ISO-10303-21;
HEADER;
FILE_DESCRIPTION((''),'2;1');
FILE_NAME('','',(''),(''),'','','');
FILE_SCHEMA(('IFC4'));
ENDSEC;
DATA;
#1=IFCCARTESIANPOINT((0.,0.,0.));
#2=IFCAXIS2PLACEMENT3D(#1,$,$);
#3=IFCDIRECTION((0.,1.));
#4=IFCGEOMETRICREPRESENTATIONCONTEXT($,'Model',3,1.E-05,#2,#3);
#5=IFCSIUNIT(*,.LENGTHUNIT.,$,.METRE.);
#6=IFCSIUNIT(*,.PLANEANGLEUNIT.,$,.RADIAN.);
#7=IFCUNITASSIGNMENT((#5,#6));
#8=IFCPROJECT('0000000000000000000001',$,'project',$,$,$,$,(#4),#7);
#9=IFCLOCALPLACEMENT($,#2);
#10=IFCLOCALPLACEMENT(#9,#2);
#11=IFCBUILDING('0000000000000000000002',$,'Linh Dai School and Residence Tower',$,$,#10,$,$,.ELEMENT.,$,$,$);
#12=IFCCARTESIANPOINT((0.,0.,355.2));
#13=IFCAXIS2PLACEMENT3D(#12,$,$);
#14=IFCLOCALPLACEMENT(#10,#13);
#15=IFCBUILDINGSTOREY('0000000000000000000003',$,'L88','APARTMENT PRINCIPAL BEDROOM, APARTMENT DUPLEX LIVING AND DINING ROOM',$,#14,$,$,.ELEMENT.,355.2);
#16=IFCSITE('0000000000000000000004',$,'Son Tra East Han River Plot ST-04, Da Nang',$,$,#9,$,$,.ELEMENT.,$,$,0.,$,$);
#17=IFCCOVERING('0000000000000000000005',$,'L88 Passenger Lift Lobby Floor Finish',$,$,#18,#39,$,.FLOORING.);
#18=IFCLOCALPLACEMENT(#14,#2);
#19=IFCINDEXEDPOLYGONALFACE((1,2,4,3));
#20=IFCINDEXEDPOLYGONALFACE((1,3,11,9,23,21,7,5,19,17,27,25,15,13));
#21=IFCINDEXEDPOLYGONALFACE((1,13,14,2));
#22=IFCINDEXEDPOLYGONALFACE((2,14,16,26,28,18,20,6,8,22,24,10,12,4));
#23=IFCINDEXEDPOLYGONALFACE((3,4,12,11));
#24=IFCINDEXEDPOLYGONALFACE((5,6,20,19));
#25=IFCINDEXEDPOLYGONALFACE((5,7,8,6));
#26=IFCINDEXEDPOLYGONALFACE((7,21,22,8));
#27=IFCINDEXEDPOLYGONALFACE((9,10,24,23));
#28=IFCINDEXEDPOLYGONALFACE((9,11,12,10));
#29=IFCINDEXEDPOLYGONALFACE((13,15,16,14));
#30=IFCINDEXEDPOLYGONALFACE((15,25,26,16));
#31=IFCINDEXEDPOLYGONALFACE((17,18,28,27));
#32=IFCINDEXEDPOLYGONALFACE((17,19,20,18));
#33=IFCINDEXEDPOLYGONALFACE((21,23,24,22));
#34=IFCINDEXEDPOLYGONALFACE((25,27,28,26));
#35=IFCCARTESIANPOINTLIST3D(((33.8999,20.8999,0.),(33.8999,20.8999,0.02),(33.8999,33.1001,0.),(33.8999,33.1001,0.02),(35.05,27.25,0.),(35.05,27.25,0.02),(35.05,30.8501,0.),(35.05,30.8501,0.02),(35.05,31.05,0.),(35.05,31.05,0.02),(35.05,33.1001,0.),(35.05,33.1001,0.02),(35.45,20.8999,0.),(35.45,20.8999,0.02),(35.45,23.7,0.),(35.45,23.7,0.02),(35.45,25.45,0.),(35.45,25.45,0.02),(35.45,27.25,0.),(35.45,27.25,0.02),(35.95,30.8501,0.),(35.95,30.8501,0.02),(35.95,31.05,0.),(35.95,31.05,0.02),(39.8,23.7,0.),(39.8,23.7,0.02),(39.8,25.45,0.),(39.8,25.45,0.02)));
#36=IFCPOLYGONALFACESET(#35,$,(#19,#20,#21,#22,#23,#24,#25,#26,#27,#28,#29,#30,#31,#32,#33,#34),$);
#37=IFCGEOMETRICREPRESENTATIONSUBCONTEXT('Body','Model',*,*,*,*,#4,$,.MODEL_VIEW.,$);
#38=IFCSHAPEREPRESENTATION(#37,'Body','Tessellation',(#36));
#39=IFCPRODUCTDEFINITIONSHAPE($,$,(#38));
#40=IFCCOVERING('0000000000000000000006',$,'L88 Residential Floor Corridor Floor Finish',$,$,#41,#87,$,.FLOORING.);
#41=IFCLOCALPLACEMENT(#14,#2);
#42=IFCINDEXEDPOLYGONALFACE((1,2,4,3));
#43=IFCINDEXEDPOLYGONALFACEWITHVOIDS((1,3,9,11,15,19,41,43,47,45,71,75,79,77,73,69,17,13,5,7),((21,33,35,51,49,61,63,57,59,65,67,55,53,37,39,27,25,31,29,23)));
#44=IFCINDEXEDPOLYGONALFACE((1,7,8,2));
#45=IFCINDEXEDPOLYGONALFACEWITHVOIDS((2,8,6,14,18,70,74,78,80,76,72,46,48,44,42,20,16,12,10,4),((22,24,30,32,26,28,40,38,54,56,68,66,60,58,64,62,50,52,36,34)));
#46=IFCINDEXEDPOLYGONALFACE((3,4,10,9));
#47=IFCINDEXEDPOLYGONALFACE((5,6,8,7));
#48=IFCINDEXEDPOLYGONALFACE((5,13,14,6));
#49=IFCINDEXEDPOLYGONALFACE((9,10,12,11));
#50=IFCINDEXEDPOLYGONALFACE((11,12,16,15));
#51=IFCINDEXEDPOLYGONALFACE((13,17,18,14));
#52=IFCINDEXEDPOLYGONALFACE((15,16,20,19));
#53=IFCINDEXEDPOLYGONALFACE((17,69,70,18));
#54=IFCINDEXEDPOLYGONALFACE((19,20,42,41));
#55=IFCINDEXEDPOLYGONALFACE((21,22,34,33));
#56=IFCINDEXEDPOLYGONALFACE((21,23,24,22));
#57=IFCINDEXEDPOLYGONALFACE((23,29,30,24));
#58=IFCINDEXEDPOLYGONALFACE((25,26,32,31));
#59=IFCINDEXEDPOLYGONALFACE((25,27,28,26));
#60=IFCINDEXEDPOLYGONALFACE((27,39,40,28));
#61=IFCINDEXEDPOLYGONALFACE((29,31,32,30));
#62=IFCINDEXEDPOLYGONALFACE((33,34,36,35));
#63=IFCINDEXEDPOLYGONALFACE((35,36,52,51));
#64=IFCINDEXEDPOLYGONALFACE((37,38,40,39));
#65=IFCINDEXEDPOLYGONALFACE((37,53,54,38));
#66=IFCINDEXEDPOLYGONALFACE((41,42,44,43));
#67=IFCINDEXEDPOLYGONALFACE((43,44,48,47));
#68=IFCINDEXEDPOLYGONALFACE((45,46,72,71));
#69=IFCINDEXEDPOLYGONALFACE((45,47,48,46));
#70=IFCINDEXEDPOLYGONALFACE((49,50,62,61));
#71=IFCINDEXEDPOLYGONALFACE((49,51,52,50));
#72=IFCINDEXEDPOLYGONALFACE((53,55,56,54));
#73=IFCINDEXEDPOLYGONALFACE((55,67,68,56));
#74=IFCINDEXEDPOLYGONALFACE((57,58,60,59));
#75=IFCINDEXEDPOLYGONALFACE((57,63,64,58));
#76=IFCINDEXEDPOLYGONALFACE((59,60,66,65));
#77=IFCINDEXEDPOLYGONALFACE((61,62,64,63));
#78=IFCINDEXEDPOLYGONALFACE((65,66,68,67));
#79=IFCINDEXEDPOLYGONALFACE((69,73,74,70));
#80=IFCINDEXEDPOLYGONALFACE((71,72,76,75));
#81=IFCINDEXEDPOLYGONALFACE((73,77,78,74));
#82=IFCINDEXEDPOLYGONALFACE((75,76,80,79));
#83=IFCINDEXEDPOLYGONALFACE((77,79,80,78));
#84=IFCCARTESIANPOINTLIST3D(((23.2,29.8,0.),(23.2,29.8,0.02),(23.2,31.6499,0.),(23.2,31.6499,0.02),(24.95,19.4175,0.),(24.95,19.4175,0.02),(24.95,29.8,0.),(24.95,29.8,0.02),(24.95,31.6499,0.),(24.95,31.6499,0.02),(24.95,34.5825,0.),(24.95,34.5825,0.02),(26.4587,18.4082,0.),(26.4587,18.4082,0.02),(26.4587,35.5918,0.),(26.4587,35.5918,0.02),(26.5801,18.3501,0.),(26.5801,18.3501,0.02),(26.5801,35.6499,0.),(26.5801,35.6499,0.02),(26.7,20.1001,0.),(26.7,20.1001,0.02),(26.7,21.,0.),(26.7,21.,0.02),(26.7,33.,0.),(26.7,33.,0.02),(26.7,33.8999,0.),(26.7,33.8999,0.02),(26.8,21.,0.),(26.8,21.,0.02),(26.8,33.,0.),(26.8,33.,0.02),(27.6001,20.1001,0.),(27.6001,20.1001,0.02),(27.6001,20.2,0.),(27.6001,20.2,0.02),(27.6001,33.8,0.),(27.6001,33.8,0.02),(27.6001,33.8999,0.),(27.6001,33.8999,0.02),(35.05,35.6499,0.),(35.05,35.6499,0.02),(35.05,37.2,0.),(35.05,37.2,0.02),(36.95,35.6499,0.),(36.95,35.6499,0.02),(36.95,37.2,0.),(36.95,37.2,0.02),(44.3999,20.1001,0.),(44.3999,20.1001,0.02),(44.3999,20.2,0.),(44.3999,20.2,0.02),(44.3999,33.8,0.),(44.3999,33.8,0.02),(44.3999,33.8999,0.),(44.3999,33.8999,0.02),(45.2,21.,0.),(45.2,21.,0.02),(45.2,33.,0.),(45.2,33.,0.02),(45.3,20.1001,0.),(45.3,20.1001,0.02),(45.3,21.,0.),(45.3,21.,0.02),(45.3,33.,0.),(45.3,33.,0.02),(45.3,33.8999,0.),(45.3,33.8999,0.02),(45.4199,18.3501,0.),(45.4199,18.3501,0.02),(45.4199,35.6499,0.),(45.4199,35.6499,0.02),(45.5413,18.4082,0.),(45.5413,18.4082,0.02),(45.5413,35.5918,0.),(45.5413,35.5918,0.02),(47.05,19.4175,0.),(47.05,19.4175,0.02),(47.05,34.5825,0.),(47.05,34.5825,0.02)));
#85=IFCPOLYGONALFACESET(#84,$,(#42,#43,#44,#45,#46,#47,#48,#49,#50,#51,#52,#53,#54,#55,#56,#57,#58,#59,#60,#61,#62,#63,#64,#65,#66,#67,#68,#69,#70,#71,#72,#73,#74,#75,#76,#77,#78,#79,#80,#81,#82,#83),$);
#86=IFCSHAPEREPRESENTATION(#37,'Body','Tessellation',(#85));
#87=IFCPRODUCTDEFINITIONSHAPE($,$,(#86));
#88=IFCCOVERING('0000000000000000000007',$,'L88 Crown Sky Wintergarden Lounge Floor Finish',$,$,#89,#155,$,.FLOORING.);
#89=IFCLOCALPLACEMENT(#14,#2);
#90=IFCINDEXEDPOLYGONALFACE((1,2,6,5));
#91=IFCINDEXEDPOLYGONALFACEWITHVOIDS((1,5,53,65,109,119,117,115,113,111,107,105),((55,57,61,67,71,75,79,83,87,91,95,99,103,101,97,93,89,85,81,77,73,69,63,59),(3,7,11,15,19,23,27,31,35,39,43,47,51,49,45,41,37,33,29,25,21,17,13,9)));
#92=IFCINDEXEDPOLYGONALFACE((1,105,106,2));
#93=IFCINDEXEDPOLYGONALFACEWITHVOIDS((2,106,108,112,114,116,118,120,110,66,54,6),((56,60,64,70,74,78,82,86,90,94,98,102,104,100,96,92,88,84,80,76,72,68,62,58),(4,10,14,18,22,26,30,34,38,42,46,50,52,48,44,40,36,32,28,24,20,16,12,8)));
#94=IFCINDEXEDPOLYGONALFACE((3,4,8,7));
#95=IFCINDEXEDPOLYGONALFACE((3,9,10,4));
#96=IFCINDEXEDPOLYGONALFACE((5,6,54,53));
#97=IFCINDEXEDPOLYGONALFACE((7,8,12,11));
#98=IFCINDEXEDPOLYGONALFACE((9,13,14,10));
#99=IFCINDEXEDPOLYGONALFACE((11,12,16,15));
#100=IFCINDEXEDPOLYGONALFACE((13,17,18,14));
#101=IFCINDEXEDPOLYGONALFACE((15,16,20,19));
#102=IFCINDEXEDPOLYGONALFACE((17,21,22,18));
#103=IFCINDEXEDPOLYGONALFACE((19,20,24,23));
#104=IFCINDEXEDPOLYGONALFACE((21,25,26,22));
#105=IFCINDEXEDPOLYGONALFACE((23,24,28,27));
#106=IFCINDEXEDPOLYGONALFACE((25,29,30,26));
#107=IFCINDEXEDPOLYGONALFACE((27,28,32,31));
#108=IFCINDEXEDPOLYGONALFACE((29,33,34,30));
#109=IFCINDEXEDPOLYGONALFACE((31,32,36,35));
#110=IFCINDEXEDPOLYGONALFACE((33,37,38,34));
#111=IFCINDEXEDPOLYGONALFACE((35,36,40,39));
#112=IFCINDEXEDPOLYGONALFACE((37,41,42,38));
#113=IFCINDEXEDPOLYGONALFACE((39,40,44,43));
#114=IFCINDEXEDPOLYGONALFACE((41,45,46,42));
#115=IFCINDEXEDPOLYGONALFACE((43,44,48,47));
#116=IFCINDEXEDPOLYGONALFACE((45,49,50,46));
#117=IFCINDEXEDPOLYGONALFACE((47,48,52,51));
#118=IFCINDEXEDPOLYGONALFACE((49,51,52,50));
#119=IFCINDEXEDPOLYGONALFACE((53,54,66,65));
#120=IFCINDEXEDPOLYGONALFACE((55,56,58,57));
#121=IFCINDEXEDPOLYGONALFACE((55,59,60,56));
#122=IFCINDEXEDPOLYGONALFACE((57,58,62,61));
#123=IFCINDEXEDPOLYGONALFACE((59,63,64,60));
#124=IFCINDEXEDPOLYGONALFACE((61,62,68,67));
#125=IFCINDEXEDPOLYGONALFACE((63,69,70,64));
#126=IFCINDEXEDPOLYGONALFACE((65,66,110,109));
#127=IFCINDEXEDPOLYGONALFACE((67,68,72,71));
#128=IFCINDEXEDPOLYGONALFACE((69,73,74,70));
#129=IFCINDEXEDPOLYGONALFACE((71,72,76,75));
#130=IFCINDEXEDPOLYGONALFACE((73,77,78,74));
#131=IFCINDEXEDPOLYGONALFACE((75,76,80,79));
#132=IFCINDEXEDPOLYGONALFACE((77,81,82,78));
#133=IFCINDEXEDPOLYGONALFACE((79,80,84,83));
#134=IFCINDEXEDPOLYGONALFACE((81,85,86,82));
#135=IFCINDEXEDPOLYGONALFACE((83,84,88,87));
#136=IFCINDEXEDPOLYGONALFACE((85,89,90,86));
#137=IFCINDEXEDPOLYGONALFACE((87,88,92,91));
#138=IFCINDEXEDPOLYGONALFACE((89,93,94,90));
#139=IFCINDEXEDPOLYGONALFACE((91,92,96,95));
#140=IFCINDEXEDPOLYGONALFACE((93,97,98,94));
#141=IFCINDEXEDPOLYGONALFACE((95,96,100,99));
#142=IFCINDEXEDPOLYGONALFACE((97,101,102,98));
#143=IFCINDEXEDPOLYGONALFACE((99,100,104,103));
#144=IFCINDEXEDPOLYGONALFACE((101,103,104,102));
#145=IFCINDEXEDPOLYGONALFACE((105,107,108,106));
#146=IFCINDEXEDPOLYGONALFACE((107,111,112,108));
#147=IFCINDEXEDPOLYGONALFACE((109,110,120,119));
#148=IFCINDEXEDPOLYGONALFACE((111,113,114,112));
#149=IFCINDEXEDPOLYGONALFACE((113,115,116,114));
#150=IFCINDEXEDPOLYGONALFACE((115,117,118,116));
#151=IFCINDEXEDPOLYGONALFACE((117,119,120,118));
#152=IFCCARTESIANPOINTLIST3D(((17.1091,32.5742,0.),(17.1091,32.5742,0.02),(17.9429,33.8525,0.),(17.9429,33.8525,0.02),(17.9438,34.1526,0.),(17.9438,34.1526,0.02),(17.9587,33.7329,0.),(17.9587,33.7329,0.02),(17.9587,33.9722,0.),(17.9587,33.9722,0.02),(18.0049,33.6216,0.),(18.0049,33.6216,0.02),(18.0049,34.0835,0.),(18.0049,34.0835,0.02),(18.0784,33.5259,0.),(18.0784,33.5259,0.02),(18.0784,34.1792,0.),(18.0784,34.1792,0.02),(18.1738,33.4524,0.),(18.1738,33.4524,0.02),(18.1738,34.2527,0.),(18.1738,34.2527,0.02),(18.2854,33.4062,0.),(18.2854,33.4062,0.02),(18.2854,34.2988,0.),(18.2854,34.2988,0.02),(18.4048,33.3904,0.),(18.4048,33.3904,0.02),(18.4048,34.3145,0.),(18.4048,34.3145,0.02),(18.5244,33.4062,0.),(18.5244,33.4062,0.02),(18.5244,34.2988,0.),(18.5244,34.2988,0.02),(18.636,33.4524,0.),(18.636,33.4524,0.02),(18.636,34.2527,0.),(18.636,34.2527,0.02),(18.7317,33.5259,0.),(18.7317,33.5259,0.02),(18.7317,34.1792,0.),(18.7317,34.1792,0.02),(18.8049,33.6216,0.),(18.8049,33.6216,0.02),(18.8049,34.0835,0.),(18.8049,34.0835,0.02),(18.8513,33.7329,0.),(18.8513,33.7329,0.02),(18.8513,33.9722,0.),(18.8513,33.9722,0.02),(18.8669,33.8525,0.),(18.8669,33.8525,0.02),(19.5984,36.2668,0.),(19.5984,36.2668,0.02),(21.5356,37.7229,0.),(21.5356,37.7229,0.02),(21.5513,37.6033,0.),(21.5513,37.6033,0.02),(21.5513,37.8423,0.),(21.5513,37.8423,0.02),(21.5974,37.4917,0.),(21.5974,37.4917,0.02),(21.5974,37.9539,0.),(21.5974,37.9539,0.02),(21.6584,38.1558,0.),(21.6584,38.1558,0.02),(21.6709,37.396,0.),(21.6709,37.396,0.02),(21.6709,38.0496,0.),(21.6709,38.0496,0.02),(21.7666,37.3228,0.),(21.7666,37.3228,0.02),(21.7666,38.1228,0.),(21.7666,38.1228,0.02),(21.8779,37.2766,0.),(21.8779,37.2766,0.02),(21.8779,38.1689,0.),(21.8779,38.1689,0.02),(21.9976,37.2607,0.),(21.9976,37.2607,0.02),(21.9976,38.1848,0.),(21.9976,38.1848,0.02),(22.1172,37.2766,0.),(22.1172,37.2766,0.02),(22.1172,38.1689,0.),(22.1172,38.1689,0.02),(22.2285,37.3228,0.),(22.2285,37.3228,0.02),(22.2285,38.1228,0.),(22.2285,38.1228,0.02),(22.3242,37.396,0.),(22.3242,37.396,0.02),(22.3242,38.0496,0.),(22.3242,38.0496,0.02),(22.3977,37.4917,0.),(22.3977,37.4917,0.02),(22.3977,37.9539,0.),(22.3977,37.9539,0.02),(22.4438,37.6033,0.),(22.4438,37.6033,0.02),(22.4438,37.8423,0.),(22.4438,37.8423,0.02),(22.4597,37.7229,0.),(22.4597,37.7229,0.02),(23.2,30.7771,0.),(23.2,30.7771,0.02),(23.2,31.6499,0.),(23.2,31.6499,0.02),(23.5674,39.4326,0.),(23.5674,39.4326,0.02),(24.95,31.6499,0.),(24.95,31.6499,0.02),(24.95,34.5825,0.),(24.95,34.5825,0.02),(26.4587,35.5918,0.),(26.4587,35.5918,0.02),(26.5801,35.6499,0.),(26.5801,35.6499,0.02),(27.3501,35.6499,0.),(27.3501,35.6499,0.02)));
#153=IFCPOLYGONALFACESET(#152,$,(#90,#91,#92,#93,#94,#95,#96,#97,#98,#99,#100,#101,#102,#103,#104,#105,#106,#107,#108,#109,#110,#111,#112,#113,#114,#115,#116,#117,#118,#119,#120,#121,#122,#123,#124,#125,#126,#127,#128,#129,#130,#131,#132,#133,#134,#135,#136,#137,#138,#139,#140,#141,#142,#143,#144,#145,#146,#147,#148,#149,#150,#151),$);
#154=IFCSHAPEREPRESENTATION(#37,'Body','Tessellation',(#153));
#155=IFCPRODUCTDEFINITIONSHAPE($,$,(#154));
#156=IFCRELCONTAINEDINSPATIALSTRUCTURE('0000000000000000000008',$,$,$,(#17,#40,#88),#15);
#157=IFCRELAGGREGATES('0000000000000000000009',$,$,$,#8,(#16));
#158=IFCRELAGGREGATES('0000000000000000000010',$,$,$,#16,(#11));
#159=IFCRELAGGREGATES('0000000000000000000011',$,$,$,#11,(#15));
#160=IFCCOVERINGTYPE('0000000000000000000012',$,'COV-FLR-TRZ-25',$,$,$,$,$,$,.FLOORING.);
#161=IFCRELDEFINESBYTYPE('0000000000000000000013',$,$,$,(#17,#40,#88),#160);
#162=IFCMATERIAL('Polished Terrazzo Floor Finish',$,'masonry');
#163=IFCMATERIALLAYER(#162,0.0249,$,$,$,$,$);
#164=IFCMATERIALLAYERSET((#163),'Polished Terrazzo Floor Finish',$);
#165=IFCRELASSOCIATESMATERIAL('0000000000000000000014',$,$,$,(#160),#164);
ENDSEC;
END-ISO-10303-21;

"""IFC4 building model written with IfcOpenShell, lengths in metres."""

from ifc_helpers import new_model, si_unit, direction, frame, origin, place, context, subcontext, project, spatial, polyline, outline, extrude, material, layer, layer_set, type_object, element, save


model = new_model("IFC4")

# Units and contexts
model_context = context("Model", 3, precision=1e-05, world=origin(), true_north=direction((0.0, 1.0)))
body_context = subcontext(model_context, "Body", "Model", "MODEL_VIEW")
ifc_project = project(units=[si_unit("LENGTHUNIT", "METRE"), si_unit("PLANEANGLEUNIT", "RADIAN")], contexts=[model_context])

# Site, building, storey
site_placement = place(None, origin())
site = spatial("IfcSite", under=ifc_project, at=site_placement, Name="Son Tra East Han River Plot ST-04, Da Nang", CompositionType="ELEMENT", RefElevation=0.0)
building_placement = place(site_placement, origin())
building = spatial("IfcBuilding", under=site, at=building_placement, Name="Linh Dai School and Residence Tower", CompositionType="ELEMENT")
storey_placement = place(building_placement, frame((0.0, 0.0, 355.2)))
storey = spatial("IfcBuildingStorey", under=building, at=storey_placement, Name="L88", Description="APARTMENT PRINCIPAL BEDROOM, APARTMENT DUPLEX LIVING AND DINING ROOM", CompositionType="ELEMENT", Elevation=355.2)

# Coverings
ifc_material_1 = material(Name="Polished Terrazzo Floor Finish", Category="masonry")
ifc_layer_1 = layer(ifc_material_1, 0.0249)
ifc_layer_set_1 = layer_set([ifc_layer_1], Name="Polished Terrazzo Floor Finish")
covering_type_1 = type_object("IfcCoveringType", Name="COV-FLR-TRZ-25", PredefinedType="FLOORING", material=ifc_layer_set_1)
covering_1_placement = place(storey_placement, origin())
element("IfcCovering", 1, at=covering_1_placement, inside=storey, type_object=covering_type_1, Name="L88 Passenger Lift Lobby Floor Finish", PredefinedType="FLOORING", context=body_context, shape_type="SweptSolid", body=[
    extrude(outline(polyline([(35.05, 33.1001), (35.05, 31.05), (35.95, 31.05), (35.95, 30.8501), (35.05, 30.8501), (35.05, 27.25), (35.45, 27.25), (35.45, 25.45), (39.8, 25.45), (39.8, 23.7), (35.45, 23.7), (35.45, 20.8999), (33.8999, 20.8999), (33.8999, 33.1001), (35.05, 33.1001)])), origin(), (0.0, 0.0, 1.0), 0.02),
])
covering_2_placement = place(storey_placement, origin())
element("IfcCovering", 2, at=covering_2_placement, inside=storey, type_object=covering_type_1, Name="L88 Residential Floor Corridor Floor Finish", PredefinedType="FLOORING", context=body_context, shape_type="SweptSolid", body=[
    extrude(outline(polyline([(23.2, 31.6499), (24.95, 31.6499), (24.95, 34.5825), (26.4587, 35.5918), (26.5801, 35.6499), (35.05, 35.6499), (35.05, 37.2), (36.95, 37.2), (36.95, 35.6499), (45.4199, 35.6499), (45.5413, 35.5918), (47.05, 34.5825), (47.05, 19.4175), (45.5413, 18.4082), (45.4199, 18.3501), (26.5801, 18.3501), (26.4587, 18.4082), (24.95, 19.4175), (24.95, 29.8), (23.2, 29.8), (23.2, 31.6499)]), holes=[polyline([(27.6001, 33.8), (27.6001, 33.8999), (26.7, 33.8999), (26.7, 33.0), (26.8, 33.0), (26.8, 21.0), (26.7, 21.0), (26.7, 20.1001), (27.6001, 20.1001), (27.6001, 20.2), (44.3999, 20.2), (44.3999, 20.1001), (45.3, 20.1001), (45.3, 21.0), (45.2, 21.0), (45.2, 33.0), (45.3, 33.0), (45.3, 33.8999), (44.3999, 33.8999), (44.3999, 33.8), (27.6001, 33.8)])]), origin(), (0.0, 0.0, 1.0), 0.02),
])
covering_3_placement = place(storey_placement, origin())
element("IfcCovering", 3, at=covering_3_placement, inside=storey, type_object=covering_type_1, Name="L88 Crown Sky Wintergarden Lounge Floor Finish", PredefinedType="FLOORING", context=body_context, shape_type="SweptSolid", body=[
    extrude(outline(polyline([(19.5984, 36.2668), (21.6584, 38.1558), (23.5674, 39.4326), (27.3501, 35.6499), (26.5801, 35.6499), (26.4587, 35.5918), (24.95, 34.5825), (24.95, 31.6499), (23.2, 31.6499), (23.2, 30.7771), (17.1091, 32.5742), (17.9438, 34.1526), (19.5984, 36.2668)]), holes=[polyline([(22.4438, 37.6033), (22.4597, 37.7229), (22.4438, 37.8423), (22.3977, 37.9539), (22.3242, 38.0496), (22.2285, 38.1228), (22.1172, 38.1689), (21.9976, 38.1848), (21.8779, 38.1689), (21.7666, 38.1228), (21.6709, 38.0496), (21.5974, 37.9539), (21.5513, 37.8423), (21.5356, 37.7229), (21.5513, 37.6033), (21.5974, 37.4917), (21.6709, 37.396), (21.7666, 37.3228), (21.8779, 37.2766), (21.9976, 37.2607), (22.1172, 37.2766), (22.2285, 37.3228), (22.3242, 37.396), (22.3977, 37.4917), (22.4438, 37.6033)]), polyline([(18.8513, 33.7329), (18.8669, 33.8525), (18.8513, 33.9722), (18.8049, 34.0835), (18.7317, 34.1792), (18.636, 34.2527), (18.5244, 34.2988), (18.4048, 34.3145), (18.2854, 34.2988), (18.1738, 34.2527), (18.0784, 34.1792), (18.0049, 34.0835), (17.9587, 33.9722), (17.9429, 33.8525), (17.9587, 33.7329), (18.0049, 33.6216), (18.0784, 33.5259), (18.1738, 33.4524), (18.2854, 33.4062), (18.4048, 33.3904), (18.5244, 33.4062), (18.636, 33.4524), (18.7317, 33.5259), (18.8049, 33.6216), (18.8513, 33.7329)])]), origin(), (0.0, 0.0, 1.0), 0.02),
])

save(model, "model.ifc")
